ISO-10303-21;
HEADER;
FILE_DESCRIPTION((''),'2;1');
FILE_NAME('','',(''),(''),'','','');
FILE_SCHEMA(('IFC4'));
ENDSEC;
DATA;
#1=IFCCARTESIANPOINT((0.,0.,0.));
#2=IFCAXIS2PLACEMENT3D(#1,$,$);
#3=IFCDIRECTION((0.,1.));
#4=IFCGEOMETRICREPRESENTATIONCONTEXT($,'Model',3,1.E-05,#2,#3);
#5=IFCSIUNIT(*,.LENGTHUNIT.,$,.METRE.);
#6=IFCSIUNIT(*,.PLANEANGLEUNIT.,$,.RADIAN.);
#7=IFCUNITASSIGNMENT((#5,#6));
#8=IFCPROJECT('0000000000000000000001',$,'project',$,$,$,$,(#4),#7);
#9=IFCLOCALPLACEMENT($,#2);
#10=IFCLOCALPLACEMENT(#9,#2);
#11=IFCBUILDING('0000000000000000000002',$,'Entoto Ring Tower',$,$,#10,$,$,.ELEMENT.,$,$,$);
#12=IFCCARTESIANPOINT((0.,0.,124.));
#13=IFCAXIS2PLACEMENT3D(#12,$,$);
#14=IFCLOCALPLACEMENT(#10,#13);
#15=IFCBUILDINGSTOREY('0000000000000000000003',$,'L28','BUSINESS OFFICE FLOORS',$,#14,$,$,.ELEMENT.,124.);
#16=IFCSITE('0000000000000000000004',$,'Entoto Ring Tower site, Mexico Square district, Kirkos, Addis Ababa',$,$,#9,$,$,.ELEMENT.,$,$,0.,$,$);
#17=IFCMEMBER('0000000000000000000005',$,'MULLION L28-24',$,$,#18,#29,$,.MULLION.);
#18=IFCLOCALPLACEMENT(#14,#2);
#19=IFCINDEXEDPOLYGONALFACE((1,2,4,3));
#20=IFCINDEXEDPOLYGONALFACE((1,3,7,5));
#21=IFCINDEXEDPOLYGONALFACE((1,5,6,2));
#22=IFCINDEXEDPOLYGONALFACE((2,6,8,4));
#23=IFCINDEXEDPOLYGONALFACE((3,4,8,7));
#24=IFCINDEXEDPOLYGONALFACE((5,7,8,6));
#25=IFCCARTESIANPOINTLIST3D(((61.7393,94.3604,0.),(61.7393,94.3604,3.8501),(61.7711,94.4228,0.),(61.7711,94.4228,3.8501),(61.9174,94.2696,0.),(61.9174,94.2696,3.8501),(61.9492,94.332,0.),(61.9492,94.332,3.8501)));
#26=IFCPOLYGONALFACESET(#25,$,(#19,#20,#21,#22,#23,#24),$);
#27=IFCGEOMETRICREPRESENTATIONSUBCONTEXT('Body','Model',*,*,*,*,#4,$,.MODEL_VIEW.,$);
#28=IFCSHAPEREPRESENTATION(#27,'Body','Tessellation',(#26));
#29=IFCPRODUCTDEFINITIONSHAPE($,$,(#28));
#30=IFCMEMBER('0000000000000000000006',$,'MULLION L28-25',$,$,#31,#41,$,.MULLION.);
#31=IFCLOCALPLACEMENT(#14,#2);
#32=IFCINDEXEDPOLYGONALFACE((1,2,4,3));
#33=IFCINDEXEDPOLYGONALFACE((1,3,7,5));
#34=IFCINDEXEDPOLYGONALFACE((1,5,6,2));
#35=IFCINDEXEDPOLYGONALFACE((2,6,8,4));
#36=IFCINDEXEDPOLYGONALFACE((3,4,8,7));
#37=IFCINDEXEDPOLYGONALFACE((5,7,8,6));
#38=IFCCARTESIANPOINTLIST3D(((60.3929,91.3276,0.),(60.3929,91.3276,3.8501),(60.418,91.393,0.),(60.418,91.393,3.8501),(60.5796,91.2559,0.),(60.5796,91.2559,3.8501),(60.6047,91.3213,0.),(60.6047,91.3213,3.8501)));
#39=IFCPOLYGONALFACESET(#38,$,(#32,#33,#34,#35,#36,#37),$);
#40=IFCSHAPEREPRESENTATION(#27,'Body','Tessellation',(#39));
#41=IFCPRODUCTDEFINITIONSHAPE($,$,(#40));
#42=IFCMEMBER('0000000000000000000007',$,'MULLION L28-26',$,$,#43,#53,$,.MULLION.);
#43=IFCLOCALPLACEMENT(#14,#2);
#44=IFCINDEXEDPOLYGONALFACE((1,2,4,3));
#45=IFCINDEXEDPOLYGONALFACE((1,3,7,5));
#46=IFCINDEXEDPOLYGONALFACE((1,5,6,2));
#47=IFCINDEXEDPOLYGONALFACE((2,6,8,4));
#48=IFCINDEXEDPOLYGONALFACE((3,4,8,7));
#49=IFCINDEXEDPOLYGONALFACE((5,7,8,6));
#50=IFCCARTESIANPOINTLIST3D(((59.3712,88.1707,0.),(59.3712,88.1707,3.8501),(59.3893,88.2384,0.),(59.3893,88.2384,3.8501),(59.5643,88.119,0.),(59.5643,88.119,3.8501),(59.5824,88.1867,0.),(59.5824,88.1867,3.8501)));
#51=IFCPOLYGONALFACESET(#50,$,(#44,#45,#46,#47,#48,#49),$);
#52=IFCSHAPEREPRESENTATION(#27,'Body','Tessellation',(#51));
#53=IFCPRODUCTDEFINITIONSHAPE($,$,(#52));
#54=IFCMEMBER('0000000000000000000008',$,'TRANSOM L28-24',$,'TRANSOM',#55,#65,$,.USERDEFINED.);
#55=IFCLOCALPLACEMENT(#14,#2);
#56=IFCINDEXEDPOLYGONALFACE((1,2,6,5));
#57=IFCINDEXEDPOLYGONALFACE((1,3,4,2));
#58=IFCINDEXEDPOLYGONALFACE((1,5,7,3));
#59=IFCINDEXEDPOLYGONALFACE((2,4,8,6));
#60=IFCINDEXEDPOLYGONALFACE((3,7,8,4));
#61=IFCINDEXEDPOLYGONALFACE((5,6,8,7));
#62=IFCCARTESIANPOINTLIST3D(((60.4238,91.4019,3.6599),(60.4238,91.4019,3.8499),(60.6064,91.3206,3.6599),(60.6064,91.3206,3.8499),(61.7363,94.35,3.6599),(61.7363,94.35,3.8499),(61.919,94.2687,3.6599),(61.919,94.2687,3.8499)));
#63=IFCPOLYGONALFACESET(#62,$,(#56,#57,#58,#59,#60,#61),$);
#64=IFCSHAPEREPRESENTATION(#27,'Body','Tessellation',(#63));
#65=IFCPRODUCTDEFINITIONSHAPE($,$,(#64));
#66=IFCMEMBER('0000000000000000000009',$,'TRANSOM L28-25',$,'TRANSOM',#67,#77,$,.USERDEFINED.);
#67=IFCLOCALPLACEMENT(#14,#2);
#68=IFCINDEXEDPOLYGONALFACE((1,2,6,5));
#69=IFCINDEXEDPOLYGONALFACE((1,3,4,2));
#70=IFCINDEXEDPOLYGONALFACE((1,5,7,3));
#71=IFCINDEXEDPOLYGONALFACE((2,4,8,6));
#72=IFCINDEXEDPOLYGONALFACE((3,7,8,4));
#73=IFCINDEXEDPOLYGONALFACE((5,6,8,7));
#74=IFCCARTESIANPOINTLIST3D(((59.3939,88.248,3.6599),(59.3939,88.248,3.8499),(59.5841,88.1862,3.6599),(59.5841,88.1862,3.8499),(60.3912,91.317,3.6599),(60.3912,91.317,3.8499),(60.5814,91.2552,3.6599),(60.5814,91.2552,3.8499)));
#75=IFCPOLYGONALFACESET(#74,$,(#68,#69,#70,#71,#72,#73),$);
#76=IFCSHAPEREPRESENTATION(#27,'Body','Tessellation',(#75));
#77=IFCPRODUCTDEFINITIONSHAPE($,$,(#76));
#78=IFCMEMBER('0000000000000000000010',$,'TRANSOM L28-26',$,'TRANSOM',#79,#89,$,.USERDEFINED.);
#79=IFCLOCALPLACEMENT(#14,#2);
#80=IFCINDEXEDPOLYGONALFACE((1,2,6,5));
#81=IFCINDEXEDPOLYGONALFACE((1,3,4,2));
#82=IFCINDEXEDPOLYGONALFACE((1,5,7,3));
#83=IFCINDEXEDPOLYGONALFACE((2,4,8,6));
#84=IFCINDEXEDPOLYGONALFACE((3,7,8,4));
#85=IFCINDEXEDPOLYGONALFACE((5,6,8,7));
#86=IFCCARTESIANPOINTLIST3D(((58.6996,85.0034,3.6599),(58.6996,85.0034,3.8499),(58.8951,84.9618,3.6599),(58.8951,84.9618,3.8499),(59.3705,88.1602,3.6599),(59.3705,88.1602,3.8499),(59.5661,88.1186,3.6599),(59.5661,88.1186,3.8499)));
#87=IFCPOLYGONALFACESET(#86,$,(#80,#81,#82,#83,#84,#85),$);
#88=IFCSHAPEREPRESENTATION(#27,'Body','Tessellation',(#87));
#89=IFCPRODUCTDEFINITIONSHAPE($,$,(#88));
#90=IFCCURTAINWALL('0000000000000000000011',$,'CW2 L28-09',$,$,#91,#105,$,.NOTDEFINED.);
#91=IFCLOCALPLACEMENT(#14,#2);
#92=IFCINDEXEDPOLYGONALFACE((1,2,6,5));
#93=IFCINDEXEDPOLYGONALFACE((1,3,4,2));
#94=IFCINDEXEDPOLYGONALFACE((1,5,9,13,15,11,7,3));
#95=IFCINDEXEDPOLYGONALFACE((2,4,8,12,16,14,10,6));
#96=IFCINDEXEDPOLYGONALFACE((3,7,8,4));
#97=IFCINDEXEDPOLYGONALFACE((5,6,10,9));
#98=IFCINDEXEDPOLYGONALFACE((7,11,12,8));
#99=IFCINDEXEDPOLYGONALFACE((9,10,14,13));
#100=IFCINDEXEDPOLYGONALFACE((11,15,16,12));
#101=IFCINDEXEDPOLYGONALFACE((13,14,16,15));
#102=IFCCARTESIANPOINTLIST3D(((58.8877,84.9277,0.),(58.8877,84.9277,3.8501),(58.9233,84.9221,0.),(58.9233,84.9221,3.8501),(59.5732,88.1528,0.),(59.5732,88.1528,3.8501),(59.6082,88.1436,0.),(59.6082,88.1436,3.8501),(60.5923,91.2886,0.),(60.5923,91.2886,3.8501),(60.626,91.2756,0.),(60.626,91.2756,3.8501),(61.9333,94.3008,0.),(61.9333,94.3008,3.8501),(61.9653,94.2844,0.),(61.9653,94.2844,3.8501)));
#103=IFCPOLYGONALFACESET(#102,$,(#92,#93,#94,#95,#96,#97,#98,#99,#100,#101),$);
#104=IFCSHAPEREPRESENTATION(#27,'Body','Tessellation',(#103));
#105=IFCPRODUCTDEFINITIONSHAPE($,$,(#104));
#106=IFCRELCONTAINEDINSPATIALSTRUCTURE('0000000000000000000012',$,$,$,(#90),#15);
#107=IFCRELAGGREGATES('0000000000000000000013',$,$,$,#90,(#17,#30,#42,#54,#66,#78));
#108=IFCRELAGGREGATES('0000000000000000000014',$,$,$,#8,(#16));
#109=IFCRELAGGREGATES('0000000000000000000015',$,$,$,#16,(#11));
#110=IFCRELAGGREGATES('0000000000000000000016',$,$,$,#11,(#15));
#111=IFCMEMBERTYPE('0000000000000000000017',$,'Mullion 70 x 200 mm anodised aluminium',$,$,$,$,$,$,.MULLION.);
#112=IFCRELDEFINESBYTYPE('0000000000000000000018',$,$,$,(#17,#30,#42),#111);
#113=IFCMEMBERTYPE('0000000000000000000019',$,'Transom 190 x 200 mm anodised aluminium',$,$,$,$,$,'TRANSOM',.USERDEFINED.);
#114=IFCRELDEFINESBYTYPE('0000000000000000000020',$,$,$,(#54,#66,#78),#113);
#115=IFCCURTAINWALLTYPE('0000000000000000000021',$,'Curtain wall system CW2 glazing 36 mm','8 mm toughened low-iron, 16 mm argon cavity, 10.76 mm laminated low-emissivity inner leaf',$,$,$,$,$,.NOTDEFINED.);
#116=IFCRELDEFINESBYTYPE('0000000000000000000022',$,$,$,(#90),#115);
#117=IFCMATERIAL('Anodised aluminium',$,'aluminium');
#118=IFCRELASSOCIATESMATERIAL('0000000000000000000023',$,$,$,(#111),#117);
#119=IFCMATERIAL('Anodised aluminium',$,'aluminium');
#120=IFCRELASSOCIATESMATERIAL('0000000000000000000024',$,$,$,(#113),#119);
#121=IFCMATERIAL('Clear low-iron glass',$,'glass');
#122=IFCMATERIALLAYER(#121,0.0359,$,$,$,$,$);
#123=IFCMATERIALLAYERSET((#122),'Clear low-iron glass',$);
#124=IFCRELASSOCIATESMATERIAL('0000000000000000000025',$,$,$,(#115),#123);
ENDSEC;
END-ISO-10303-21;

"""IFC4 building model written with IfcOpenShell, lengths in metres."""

from ifc_helpers import new_model, si_unit, direction, frame, origin, origin_2d, place, context, subcontext, project, spatial, polyline, rectangle, outline, extrude, material, layer, layer_set, material_profile, profile_set, type_object, element, aggregate, save


model = new_model("IFC4")

# Units and contexts
model_context = context("Model", 3, precision=1e-05, world=origin(), true_north=direction((0.0, 1.0)))
body_context = subcontext(model_context, "Body", "Model", "MODEL_VIEW")
ifc_project = project(units=[si_unit("LENGTHUNIT", "METRE"), si_unit("PLANEANGLEUNIT", "RADIAN")], contexts=[model_context])

# Members
ifc_material_1 = material(Name="Anodised aluminium", Category="aluminium")
ifc_material_profile_1 = material_profile(ifc_material_1, rectangle(XDim=0.0701, YDim=0.2, at=origin_2d()), Name="Mullion 70 x 200 mm anodised aluminium")
ifc_profile_set_1 = profile_set([ifc_material_profile_1], Name="Anodised aluminium")
member_type_1 = type_object("IfcMemberType", Name="Mullion 70 x 200 mm anodised aluminium", PredefinedType="MULLION", material=ifc_profile_set_1)
site_placement = place(None, origin())
building_placement = place(site_placement, origin())
storey_placement = place(building_placement, frame((0.0, 0.0, 124.0)))
member_1_placement = place(storey_placement, frame((61.8442, 94.3462, 0.0), z_axis=(0.0, 0.0, 1.0), x_axis=(-0.45399, -0.891007, 0.0)))
member_1 = element("IfcMember", 1, at=member_1_placement, type_object=member_type_1, Name="MULLION L28-24", PredefinedType="MULLION", context=body_context, shape_type="SweptSolid", body=[
    extrude(rectangle(XDim=0.0701, YDim=0.2, at=origin_2d()), origin(), (0.0, 0.0, 1.0), 3.8501),
])
member_2_placement = place(storey_placement, frame((60.4988, 91.3245, 0.0), z_axis=(0.0, 0.0, 1.0), x_axis=(-0.358368, -0.93358, 0.0)))
member_2 = element("IfcMember", 2, at=member_2_placement, type_object=member_type_1, Name="MULLION L28-25", PredefinedType="MULLION", context=body_context, shape_type="SweptSolid", body=[
    extrude(rectangle(XDim=0.0701, YDim=0.2, at=origin_2d()), origin(), (0.0, 0.0, 1.0), 3.8501),
])
member_3_placement = place(storey_placement, frame((59.4768, 88.1787, 0.0), z_axis=(0.0, 0.0, 1.0), x_axis=(-0.258819, -0.965926, 0.0)))
member_3 = element("IfcMember", 3, at=member_3_placement, type_object=member_type_1, Name="MULLION L28-26", PredefinedType="MULLION", context=body_context, shape_type="SweptSolid", body=[
    extrude(rectangle(XDim=0.0701, YDim=0.2, at=origin_2d()), origin(), (0.0, 0.0, 1.0), 3.8501),
])
ifc_material_2 = material(Name="Anodised aluminium", Category="aluminium")
ifc_material_profile_2 = material_profile(ifc_material_2, rectangle(XDim=0.2, YDim=0.1899, at=origin_2d()), Name="Transom 190 x 200 mm anodised aluminium")
ifc_profile_set_2 = profile_set([ifc_material_profile_2], Name="Anodised aluminium")
member_type_2 = type_object("IfcMemberType", Name="Transom 190 x 200 mm anodised aluminium", ElementType="TRANSOM", PredefinedType="USERDEFINED", material=ifc_profile_set_2)
member_4_placement = place(storey_placement, frame((61.8276, 94.3093, 3.7549), z_axis=(-0.406728, -0.913549, 0.0), x_axis=(0.913549, -0.406728, 0.0)))
member_4 = element("IfcMember", 4, at=member_4_placement, type_object=member_type_2, Name="TRANSOM L28-24", ObjectType="TRANSOM", PredefinedType="USERDEFINED", context=body_context, shape_type="SweptSolid", body=[
    extrude(rectangle(XDim=0.2, YDim=0.1899, at=origin_2d()), origin(), (0.0, 0.0, 1.0), 3.2271),
])
member_5_placement = place(storey_placement, frame((60.4863, 91.2861, 3.7549), z_axis=(-0.309047, -0.951047, 0.0), x_axis=(0.951047, -0.309047, 0.0)))
member_5 = element("IfcMember", 5, at=member_5_placement, type_object=member_type_2, Name="TRANSOM L28-25", ObjectType="TRANSOM", PredefinedType="USERDEFINED", context=body_context, shape_type="SweptSolid", body=[
    extrude(rectangle(XDim=0.2, YDim=0.1899, at=origin_2d()), origin(), (0.0, 0.0, 1.0), 3.2271),
])
member_6_placement = place(storey_placement, frame((59.4683, 88.1394, 3.7549), z_axis=(-0.207886, -0.978153, 0.0), x_axis=(0.978153, -0.207886, 0.0)))
member_6 = element("IfcMember", 6, at=member_6_placement, type_object=member_type_2, Name="TRANSOM L28-26", ObjectType="TRANSOM", PredefinedType="USERDEFINED", context=body_context, shape_type="SweptSolid", body=[
    extrude(rectangle(XDim=0.2, YDim=0.1899, at=origin_2d()), origin(), (0.0, 0.0, 1.0), 3.2273),
])

# Site, building, storey
site = spatial("IfcSite", under=ifc_project, at=site_placement, Name="Entoto Ring Tower site, Mexico Square district, Kirkos, Addis Ababa", CompositionType="ELEMENT", RefElevation=0.0)
building = spatial("IfcBuilding", under=site, at=building_placement, Name="Entoto Ring Tower", CompositionType="ELEMENT")
storey = spatial("IfcBuildingStorey", under=building, at=storey_placement, Name="L28", Description="BUSINESS OFFICE FLOORS", CompositionType="ELEMENT", Elevation=124.0)

# Curtain wall
ifc_material_3 = material(Name="Clear low-iron glass", Category="glass")
ifc_layer = layer(ifc_material_3, 0.0359)
ifc_layer_set = layer_set([ifc_layer], Name="Clear low-iron glass")
curtain_wall_type = type_object("IfcCurtainWallType", Name="Curtain wall system CW2 glazing 36 mm", Description="8 mm toughened low-iron, 16 mm argon cavity, 10.76 mm laminated low-emissivity inner leaf", PredefinedType="NOTDEFINED", material=ifc_layer_set)
curtain_wall_1_placement = place(storey_placement, origin())
curtain_wall_1 = element("IfcCurtainWall", 7, at=curtain_wall_1_placement, inside=storey, type_object=curtain_wall_type, Name="CW2 L28-09", PredefinedType="NOTDEFINED", context=body_context, shape_type="SweptSolid", body=[
    extrude(outline(polyline([(61.9333, 94.3008), (60.5923, 91.2886), (59.5732, 88.1528), (58.8877, 84.9277), (58.9233, 84.9221), (59.6082, 88.1436), (60.626, 91.2756), (61.9653, 94.2844), (61.9333, 94.3008)])), origin(), (0.0, 0.0, 1.0), 3.8501),
])
aggregate(curtain_wall_1, [member_1, member_2, member_3, member_4, member_5, member_6])

save(model, "model.ifc")
